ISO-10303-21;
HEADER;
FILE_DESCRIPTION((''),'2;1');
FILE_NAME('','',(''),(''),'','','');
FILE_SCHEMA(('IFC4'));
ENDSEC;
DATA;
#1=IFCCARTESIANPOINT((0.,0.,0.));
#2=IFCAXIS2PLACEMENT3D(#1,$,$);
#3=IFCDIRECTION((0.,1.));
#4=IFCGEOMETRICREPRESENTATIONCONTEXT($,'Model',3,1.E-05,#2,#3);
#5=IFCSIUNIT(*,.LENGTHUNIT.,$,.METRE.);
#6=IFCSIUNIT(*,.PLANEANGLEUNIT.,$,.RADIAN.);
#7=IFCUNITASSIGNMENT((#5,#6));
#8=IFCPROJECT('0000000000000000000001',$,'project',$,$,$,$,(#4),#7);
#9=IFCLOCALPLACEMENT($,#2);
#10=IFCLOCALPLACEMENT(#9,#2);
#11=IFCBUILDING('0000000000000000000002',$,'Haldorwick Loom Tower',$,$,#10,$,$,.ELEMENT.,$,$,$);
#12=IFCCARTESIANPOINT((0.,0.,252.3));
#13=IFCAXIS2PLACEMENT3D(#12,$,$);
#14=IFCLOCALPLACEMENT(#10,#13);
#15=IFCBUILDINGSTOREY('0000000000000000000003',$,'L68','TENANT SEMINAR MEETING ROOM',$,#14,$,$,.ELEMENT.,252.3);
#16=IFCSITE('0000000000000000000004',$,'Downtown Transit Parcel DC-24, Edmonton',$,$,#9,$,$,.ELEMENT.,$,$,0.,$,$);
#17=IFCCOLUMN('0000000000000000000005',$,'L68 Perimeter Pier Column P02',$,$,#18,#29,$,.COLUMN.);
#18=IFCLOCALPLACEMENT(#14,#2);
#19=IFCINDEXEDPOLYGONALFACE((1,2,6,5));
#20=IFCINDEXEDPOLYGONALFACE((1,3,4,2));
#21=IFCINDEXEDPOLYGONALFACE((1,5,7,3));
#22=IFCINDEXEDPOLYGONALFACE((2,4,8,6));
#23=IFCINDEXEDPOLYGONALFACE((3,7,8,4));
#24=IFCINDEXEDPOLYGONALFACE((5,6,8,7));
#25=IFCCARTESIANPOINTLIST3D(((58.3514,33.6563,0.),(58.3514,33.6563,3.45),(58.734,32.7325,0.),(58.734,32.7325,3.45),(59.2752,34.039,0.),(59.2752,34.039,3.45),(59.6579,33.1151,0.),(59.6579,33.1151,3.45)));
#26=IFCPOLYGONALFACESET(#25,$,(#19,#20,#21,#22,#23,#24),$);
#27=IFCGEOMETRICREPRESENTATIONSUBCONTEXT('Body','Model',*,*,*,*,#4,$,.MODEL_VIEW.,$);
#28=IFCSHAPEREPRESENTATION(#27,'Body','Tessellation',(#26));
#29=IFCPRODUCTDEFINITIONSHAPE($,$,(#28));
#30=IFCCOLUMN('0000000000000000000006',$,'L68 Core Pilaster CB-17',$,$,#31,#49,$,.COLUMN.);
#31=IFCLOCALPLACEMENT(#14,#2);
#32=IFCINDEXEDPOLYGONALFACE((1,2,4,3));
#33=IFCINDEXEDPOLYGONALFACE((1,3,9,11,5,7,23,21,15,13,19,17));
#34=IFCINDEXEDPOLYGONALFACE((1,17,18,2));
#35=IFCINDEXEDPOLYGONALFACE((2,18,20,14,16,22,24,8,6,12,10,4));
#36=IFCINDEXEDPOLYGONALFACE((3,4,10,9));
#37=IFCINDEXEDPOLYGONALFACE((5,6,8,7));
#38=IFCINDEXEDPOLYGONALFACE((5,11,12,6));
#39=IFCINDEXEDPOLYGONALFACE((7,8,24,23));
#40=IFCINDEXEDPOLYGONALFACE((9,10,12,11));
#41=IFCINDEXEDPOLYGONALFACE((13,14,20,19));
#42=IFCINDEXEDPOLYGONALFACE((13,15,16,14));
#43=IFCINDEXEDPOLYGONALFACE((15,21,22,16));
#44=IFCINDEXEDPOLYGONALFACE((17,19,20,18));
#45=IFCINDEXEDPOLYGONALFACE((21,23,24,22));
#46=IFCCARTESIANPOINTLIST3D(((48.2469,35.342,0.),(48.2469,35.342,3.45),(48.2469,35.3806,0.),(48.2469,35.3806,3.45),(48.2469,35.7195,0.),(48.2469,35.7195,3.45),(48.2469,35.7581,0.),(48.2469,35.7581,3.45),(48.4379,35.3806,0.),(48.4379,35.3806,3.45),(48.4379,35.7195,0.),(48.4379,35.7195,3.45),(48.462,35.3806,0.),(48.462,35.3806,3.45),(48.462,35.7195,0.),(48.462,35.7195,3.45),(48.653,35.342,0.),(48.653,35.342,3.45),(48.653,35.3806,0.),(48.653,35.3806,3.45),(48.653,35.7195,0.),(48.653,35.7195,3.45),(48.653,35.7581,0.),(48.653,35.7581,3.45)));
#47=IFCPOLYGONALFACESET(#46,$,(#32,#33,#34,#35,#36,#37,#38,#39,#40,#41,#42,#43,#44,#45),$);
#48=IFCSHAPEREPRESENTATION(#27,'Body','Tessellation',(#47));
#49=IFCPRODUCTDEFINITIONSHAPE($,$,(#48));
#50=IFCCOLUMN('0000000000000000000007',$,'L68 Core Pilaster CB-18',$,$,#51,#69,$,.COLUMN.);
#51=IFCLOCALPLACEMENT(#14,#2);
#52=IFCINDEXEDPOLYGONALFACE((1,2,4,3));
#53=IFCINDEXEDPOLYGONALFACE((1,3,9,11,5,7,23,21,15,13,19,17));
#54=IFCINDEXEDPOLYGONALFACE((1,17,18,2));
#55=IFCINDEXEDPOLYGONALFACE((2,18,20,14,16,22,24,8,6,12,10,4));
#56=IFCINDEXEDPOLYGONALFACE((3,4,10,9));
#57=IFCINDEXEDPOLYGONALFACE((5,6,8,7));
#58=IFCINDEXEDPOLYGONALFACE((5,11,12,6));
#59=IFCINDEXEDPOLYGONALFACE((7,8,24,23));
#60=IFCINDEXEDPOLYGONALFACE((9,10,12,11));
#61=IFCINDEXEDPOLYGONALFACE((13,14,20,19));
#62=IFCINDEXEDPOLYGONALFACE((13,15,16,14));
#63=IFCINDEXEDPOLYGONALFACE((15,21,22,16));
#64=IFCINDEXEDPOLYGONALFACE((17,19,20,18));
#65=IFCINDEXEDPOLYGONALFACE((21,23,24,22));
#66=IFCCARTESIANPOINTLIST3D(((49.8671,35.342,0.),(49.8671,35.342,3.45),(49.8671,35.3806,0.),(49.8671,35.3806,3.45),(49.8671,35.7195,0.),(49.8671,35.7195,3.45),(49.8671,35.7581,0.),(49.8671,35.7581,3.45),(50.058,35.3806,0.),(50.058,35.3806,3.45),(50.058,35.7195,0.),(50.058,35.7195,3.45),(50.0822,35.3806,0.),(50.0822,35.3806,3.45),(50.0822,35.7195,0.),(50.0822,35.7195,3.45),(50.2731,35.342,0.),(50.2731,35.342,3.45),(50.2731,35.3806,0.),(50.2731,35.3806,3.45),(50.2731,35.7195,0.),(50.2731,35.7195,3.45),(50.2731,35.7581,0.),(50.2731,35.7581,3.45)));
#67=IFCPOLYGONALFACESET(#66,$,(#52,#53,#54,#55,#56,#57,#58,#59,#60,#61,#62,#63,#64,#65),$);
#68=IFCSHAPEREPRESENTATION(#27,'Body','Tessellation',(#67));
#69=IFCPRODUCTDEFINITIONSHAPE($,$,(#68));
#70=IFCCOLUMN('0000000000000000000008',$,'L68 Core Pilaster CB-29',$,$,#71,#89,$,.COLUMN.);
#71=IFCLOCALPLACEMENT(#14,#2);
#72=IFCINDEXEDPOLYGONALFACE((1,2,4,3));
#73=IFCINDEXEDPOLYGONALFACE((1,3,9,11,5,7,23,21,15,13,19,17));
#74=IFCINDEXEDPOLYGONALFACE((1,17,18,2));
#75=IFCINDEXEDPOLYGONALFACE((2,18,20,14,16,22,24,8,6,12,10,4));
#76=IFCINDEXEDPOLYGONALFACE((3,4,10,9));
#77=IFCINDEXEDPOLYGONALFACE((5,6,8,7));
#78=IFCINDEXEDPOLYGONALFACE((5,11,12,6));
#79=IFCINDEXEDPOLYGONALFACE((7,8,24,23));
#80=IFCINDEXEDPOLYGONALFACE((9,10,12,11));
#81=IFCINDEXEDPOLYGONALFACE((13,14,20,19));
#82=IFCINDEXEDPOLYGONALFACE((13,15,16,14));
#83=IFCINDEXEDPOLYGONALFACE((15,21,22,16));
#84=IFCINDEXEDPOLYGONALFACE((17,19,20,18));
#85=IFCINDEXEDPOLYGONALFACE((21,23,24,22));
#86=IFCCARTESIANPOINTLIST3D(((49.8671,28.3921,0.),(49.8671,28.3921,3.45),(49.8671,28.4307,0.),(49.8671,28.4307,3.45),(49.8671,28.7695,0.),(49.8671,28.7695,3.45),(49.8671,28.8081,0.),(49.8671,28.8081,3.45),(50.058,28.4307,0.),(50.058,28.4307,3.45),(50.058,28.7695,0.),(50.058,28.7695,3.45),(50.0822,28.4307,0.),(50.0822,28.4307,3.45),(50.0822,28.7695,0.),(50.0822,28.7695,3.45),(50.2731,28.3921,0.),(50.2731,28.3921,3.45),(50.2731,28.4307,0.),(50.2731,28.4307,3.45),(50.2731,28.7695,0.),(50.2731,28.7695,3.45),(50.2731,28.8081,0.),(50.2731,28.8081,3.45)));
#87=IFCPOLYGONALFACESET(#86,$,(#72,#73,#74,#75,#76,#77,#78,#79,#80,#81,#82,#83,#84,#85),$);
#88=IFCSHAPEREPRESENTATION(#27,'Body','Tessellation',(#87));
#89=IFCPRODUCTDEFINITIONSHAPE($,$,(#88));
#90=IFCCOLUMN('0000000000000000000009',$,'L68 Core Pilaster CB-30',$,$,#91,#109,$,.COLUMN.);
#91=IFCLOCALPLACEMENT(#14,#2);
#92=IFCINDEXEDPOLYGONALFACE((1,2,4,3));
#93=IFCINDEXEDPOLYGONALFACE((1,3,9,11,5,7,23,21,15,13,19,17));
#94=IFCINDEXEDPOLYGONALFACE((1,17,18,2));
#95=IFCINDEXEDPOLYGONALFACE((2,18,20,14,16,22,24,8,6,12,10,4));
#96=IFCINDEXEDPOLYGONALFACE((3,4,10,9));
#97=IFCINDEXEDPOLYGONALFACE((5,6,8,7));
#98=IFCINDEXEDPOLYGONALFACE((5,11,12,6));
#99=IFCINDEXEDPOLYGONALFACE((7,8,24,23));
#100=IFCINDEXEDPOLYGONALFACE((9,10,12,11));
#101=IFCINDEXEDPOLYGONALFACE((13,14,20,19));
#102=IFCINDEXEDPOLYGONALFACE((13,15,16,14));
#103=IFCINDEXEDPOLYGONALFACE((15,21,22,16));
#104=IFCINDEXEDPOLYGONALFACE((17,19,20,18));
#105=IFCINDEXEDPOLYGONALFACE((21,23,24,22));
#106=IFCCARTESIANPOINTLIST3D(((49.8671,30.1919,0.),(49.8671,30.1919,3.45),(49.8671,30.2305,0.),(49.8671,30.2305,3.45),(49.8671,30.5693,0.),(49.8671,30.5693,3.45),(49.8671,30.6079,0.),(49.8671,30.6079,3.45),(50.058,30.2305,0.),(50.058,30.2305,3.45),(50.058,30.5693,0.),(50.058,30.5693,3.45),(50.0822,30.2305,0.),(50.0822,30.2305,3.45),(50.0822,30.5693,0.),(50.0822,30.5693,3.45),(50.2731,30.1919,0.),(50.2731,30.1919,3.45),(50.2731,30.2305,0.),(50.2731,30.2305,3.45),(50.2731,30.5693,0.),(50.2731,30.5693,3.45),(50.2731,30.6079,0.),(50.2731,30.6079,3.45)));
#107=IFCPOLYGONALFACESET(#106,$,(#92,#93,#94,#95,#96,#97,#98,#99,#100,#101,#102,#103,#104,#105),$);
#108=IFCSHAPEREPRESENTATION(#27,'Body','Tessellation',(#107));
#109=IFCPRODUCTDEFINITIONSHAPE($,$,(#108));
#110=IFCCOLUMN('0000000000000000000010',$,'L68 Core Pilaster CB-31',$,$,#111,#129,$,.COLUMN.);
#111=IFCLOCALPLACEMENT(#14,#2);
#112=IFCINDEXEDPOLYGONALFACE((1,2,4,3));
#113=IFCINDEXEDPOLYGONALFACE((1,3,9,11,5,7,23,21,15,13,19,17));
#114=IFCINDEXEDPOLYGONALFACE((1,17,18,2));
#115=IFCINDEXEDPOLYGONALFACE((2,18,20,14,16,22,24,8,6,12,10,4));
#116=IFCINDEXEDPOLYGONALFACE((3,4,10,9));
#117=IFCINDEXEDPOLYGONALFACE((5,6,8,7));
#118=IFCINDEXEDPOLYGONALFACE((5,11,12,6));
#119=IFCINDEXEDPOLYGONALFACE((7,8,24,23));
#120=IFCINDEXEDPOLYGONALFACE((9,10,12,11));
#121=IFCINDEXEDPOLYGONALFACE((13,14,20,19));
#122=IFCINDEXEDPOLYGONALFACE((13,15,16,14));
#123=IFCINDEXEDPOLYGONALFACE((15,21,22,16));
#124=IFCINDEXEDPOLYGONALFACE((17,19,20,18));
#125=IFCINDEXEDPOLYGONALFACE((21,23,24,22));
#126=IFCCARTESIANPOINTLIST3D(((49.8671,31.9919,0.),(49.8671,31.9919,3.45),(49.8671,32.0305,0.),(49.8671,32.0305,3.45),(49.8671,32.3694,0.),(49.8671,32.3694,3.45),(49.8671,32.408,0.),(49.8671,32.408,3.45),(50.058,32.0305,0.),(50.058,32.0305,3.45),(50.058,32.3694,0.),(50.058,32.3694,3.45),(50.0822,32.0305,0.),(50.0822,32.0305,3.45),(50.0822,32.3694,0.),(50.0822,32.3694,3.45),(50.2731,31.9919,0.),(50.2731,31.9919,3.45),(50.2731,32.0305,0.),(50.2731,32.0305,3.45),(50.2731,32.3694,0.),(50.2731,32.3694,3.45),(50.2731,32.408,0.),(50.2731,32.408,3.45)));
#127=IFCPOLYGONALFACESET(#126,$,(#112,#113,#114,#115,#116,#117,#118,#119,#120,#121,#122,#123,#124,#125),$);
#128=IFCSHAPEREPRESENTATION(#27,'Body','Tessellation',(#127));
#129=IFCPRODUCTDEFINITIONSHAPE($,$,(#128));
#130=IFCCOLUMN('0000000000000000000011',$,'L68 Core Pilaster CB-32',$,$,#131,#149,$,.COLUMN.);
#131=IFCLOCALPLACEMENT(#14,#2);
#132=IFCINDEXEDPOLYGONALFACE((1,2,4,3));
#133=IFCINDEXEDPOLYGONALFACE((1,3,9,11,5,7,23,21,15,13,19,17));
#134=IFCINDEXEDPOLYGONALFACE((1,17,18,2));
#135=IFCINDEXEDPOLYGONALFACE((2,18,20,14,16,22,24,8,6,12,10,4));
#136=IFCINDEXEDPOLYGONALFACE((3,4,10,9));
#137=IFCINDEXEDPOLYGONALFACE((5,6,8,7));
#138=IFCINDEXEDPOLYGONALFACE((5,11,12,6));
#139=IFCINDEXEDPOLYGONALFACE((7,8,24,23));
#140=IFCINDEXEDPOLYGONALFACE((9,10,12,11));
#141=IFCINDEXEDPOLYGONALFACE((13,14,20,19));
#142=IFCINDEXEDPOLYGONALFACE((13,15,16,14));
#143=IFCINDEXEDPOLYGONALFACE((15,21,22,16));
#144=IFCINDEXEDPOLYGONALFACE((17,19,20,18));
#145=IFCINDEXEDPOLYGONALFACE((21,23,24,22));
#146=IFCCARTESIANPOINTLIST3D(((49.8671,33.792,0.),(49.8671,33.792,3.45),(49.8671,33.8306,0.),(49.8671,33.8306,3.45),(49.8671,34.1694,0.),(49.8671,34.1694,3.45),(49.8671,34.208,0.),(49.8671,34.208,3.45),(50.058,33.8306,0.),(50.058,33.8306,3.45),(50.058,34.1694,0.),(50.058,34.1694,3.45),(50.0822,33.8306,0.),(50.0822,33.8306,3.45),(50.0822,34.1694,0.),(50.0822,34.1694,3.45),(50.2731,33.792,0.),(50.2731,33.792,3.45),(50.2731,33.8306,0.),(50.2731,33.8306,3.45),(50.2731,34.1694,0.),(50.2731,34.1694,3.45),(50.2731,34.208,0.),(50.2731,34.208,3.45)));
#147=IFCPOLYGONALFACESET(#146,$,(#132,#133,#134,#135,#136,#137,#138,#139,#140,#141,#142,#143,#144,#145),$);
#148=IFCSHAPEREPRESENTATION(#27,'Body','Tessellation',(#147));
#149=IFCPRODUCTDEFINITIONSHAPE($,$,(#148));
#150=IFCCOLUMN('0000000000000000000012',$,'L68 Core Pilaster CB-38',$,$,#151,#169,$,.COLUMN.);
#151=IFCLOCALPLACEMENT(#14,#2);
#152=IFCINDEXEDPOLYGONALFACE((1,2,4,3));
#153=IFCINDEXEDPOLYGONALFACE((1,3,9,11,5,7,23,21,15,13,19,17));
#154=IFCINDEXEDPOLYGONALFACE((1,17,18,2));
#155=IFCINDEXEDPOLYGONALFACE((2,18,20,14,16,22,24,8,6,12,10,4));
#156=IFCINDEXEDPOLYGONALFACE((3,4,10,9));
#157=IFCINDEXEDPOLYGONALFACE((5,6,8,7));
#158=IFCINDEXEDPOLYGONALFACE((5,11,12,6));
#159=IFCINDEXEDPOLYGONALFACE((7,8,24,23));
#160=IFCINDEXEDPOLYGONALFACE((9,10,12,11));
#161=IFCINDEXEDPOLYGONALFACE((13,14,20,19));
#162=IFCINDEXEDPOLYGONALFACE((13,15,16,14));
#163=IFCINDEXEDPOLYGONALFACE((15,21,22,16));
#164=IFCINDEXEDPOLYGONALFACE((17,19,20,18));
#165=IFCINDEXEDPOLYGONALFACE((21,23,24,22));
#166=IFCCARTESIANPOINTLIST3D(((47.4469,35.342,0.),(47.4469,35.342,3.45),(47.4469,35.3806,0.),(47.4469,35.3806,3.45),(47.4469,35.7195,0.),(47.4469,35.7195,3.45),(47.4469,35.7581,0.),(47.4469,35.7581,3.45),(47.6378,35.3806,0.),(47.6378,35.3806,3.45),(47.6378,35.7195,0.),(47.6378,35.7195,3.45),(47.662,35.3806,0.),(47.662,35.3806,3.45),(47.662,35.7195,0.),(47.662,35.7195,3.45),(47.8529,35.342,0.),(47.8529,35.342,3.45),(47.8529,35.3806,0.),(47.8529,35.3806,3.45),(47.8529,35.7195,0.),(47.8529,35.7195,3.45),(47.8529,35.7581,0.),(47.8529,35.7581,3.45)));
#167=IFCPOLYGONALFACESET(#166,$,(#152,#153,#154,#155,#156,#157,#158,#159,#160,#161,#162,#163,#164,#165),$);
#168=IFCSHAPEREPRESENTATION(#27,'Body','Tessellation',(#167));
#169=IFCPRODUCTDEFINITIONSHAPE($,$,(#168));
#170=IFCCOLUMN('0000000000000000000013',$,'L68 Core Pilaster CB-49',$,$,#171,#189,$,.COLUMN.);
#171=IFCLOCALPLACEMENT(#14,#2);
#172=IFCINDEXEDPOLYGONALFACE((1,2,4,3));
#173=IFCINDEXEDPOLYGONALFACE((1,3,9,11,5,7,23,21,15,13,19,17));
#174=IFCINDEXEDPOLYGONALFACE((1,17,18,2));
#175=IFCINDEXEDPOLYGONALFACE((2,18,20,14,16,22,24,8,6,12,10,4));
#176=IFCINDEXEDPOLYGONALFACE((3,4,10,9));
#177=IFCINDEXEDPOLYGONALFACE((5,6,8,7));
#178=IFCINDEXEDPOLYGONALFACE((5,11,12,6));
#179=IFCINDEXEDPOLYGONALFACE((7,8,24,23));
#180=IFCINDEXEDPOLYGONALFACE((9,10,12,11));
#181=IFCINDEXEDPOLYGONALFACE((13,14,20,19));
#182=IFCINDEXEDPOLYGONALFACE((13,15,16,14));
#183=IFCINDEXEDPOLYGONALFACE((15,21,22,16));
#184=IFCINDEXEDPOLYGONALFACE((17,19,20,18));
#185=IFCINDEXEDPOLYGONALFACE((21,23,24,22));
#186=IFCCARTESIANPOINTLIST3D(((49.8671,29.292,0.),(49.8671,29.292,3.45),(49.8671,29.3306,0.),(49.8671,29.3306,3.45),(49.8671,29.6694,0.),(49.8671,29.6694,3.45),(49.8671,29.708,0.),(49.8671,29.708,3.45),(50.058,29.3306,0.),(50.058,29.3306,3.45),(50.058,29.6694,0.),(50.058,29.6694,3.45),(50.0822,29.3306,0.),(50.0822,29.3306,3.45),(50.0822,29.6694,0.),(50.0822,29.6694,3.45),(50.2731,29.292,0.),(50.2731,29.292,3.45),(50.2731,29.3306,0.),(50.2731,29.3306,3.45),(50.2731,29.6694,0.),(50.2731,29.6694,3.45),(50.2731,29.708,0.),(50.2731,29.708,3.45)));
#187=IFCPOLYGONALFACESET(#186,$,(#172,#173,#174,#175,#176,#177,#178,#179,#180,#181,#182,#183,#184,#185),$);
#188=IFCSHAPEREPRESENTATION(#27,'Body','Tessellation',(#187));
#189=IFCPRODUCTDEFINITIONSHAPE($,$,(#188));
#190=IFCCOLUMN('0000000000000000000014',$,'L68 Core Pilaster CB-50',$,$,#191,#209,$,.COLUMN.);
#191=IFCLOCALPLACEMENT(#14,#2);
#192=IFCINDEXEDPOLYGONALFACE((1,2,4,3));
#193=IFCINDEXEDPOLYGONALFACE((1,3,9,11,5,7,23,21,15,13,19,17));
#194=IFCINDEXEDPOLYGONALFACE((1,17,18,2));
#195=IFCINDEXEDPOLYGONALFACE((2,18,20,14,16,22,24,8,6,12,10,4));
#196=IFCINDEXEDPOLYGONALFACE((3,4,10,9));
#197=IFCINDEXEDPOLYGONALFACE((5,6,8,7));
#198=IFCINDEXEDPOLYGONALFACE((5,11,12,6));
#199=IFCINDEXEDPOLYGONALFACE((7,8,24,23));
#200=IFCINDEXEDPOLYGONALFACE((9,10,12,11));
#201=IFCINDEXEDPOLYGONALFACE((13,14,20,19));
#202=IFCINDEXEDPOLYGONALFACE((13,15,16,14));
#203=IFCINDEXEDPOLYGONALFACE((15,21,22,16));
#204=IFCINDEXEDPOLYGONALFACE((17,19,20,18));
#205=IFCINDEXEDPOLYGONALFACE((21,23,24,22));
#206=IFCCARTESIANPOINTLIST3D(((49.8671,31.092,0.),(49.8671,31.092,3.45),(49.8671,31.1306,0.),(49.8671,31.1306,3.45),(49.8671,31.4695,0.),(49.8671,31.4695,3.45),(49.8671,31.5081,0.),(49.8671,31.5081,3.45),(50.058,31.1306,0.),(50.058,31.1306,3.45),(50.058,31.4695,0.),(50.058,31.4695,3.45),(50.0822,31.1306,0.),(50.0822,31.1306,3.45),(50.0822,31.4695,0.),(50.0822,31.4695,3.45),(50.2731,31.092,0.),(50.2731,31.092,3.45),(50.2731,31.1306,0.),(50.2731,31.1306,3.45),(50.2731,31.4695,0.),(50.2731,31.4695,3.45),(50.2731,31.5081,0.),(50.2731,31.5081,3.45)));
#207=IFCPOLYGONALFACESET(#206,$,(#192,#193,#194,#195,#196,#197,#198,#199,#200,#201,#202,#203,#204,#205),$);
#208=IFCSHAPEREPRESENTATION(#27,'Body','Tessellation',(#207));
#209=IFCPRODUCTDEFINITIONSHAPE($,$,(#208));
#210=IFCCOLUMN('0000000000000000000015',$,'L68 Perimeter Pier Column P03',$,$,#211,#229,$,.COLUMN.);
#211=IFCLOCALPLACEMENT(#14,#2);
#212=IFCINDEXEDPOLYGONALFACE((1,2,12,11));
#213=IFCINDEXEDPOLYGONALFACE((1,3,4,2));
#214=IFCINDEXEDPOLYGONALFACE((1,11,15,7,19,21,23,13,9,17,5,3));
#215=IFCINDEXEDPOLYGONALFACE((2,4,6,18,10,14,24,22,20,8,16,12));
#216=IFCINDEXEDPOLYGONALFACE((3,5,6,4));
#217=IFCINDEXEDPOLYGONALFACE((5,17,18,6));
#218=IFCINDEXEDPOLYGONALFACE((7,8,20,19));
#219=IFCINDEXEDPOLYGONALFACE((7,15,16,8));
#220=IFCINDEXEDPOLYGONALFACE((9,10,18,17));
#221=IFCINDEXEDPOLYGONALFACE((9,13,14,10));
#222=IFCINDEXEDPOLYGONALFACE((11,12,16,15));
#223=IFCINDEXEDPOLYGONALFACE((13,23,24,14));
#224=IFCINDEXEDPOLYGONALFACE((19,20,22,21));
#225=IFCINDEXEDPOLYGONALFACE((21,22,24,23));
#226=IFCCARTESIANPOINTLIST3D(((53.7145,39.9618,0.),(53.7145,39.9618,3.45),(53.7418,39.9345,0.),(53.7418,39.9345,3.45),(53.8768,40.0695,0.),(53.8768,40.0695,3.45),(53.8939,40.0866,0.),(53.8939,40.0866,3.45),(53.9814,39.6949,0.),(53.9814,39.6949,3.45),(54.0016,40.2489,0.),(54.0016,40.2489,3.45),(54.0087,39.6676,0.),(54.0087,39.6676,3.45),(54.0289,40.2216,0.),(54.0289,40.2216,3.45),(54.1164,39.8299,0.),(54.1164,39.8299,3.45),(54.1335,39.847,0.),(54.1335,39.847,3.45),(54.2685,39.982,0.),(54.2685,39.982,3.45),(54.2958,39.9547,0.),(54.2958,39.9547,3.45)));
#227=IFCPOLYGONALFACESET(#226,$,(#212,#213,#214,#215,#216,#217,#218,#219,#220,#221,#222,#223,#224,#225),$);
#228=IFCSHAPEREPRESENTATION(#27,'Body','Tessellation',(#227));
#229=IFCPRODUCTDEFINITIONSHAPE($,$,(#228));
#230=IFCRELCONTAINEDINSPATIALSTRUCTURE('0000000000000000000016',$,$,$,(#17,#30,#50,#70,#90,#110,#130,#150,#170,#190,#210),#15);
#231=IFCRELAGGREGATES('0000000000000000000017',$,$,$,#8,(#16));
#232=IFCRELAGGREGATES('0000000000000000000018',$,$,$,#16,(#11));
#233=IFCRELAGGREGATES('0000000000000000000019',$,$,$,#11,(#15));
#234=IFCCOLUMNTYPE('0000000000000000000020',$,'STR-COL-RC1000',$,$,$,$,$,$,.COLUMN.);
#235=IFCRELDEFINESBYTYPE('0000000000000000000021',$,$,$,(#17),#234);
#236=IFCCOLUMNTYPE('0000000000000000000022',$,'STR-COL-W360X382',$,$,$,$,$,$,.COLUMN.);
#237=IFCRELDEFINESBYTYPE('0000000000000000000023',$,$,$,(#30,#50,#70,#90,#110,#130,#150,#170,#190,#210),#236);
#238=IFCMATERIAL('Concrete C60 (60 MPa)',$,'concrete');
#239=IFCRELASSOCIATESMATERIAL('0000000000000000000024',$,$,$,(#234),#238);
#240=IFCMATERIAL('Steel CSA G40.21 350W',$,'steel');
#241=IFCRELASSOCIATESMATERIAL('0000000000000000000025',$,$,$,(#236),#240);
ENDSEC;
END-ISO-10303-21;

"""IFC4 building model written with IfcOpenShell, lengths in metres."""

from ifc_helpers import new_model, si_unit, direction, frame, origin, origin_2d, place, context, subcontext, project, spatial, rectangle, i_section, extrude, material, material_profile, profile_set, type_object, element, save


model = new_model("IFC4")

# Units and contexts
model_context = context("Model", 3, precision=1e-05, world=origin(), true_north=direction((0.0, 1.0)))
body_context = subcontext(model_context, "Body", "Model", "MODEL_VIEW")
ifc_project = project(units=[si_unit("LENGTHUNIT", "METRE"), si_unit("PLANEANGLEUNIT", "RADIAN")], contexts=[model_context])

# Site, building, storey
site_placement = place(None, origin())
site = spatial("IfcSite", under=ifc_project, at=site_placement, Name="Downtown Transit Parcel DC-24, Edmonton", CompositionType="ELEMENT", RefElevation=0.0)
building_placement = place(site_placement, origin())
building = spatial("IfcBuilding", under=site, at=building_placement, Name="Haldorwick Loom Tower", CompositionType="ELEMENT")
storey_placement = place(building_placement, frame((0.0, 0.0, 252.3)))
storey = spatial("IfcBuildingStorey", under=building, at=storey_placement, Name="L68", Description="TENANT SEMINAR MEETING ROOM", CompositionType="ELEMENT", Elevation=252.3)

# Columns
ifc_material_1 = material(Name="Concrete C60 (60 MPa)", Category="concrete")
ifc_material_profile_1 = material_profile(ifc_material_1, rectangle(XDim=1.0, YDim=1.0, at=origin_2d()), Name="RC1000X1000", Category="concrete")
ifc_profile_set_1 = profile_set([ifc_material_profile_1], Name="Concrete C60 (60 MPa)")
column_type_1 = type_object("IfcColumnType", Name="STR-COL-RC1000", PredefinedType="COLUMN", material=ifc_profile_set_1)
column_placement = place(storey_placement, frame((59.0046, 33.3857, 0.0), z_axis=(0.0, 0.0, 1.0), x_axis=(0.92388, 0.382683, 0.0)))
element("IfcColumn", 1, at=column_placement, inside=storey, type_object=column_type_1, Name="L68 Perimeter Pier Column P02", PredefinedType="COLUMN", context=body_context, shape_type="SweptSolid", body=[
    extrude(rectangle(XDim=1.0, YDim=1.0, at=origin_2d()), origin(), (0.0, 0.0, 1.0), 3.45),
])
ifc_material_2 = material(Name="Steel CSA G40.21 350W", Category="steel")
ifc_material_profile_2 = material_profile(ifc_material_2, i_section(OverallWidth=0.406, OverallDepth=0.416, WebThickness=0.0242, FlangeThickness=0.0386, at=origin_2d()), Name="W360X382", Category="steel")
ifc_profile_set_2 = profile_set([ifc_material_profile_2], Name="Steel CSA G40.21 350W")
column_type_2 = type_object("IfcColumnType", Name="STR-COL-W360X382", PredefinedType="COLUMN", material=ifc_profile_set_2)
for number, where, z_axis, x_axis, name in (
    (2, (48.45, 35.55, 0.0), (0.0, 0.0, 1.0), (1.0, 0.0, 0.0), "L68 Core Pilaster CB-17"),
    (3, (50.0701, 35.55, 0.0), (0.0, 0.0, 1.0), (1.0, 0.0, 0.0), "L68 Core Pilaster CB-18"),
    (4, (50.0701, 28.6001, 0.0), (0.0, 0.0, 1.0), (1.0, 0.0, 0.0), "L68 Core Pilaster CB-29"),
    (5, (50.0701, 30.3999, 0.0), (0.0, 0.0, 1.0), (1.0, 0.0, 0.0), "L68 Core Pilaster CB-30"),
    (6, (50.0701, 32.2, 0.0), (0.0, 0.0, 1.0), (1.0, 0.0, 0.0), "L68 Core Pilaster CB-31"),
    (7, (50.0701, 34.0, 0.0), (0.0, 0.0, 1.0), (1.0, 0.0, 0.0), "L68 Core Pilaster CB-32"),
    (8, (47.6499, 35.55, 0.0), (0.0, 0.0, 1.0), (1.0, 0.0, 0.0), "L68 Core Pilaster CB-38"),
    (9, (50.0701, 29.5, 0.0), (0.0, 0.0, 1.0), (1.0, 0.0, 0.0), "L68 Core Pilaster CB-49"),
    (10, (50.0701, 31.3, 0.0), (0.0, 0.0, 1.0), (1.0, 0.0, 0.0), "L68 Core Pilaster CB-50"),
    (11, (54.0051, 39.9583, 0.0), (0.0, 0.0, 1.0), (0.707107, 0.707107, 0.0), "L68 Perimeter Pier Column P03"),
):
    element("IfcColumn", number, at=place(storey_placement, frame(where, z_axis=z_axis, x_axis=x_axis)), inside=storey, type_object=column_type_2, Name=name, PredefinedType="COLUMN", context=body_context, shape_type="SweptSolid", body=[
        extrude(i_section(OverallWidth=0.406, OverallDepth=0.416, WebThickness=0.0242, FlangeThickness=0.0386, at=origin_2d()), origin(), (0.0, 0.0, 1.0), 3.45),
    ])

save(model, "model.ifc")
